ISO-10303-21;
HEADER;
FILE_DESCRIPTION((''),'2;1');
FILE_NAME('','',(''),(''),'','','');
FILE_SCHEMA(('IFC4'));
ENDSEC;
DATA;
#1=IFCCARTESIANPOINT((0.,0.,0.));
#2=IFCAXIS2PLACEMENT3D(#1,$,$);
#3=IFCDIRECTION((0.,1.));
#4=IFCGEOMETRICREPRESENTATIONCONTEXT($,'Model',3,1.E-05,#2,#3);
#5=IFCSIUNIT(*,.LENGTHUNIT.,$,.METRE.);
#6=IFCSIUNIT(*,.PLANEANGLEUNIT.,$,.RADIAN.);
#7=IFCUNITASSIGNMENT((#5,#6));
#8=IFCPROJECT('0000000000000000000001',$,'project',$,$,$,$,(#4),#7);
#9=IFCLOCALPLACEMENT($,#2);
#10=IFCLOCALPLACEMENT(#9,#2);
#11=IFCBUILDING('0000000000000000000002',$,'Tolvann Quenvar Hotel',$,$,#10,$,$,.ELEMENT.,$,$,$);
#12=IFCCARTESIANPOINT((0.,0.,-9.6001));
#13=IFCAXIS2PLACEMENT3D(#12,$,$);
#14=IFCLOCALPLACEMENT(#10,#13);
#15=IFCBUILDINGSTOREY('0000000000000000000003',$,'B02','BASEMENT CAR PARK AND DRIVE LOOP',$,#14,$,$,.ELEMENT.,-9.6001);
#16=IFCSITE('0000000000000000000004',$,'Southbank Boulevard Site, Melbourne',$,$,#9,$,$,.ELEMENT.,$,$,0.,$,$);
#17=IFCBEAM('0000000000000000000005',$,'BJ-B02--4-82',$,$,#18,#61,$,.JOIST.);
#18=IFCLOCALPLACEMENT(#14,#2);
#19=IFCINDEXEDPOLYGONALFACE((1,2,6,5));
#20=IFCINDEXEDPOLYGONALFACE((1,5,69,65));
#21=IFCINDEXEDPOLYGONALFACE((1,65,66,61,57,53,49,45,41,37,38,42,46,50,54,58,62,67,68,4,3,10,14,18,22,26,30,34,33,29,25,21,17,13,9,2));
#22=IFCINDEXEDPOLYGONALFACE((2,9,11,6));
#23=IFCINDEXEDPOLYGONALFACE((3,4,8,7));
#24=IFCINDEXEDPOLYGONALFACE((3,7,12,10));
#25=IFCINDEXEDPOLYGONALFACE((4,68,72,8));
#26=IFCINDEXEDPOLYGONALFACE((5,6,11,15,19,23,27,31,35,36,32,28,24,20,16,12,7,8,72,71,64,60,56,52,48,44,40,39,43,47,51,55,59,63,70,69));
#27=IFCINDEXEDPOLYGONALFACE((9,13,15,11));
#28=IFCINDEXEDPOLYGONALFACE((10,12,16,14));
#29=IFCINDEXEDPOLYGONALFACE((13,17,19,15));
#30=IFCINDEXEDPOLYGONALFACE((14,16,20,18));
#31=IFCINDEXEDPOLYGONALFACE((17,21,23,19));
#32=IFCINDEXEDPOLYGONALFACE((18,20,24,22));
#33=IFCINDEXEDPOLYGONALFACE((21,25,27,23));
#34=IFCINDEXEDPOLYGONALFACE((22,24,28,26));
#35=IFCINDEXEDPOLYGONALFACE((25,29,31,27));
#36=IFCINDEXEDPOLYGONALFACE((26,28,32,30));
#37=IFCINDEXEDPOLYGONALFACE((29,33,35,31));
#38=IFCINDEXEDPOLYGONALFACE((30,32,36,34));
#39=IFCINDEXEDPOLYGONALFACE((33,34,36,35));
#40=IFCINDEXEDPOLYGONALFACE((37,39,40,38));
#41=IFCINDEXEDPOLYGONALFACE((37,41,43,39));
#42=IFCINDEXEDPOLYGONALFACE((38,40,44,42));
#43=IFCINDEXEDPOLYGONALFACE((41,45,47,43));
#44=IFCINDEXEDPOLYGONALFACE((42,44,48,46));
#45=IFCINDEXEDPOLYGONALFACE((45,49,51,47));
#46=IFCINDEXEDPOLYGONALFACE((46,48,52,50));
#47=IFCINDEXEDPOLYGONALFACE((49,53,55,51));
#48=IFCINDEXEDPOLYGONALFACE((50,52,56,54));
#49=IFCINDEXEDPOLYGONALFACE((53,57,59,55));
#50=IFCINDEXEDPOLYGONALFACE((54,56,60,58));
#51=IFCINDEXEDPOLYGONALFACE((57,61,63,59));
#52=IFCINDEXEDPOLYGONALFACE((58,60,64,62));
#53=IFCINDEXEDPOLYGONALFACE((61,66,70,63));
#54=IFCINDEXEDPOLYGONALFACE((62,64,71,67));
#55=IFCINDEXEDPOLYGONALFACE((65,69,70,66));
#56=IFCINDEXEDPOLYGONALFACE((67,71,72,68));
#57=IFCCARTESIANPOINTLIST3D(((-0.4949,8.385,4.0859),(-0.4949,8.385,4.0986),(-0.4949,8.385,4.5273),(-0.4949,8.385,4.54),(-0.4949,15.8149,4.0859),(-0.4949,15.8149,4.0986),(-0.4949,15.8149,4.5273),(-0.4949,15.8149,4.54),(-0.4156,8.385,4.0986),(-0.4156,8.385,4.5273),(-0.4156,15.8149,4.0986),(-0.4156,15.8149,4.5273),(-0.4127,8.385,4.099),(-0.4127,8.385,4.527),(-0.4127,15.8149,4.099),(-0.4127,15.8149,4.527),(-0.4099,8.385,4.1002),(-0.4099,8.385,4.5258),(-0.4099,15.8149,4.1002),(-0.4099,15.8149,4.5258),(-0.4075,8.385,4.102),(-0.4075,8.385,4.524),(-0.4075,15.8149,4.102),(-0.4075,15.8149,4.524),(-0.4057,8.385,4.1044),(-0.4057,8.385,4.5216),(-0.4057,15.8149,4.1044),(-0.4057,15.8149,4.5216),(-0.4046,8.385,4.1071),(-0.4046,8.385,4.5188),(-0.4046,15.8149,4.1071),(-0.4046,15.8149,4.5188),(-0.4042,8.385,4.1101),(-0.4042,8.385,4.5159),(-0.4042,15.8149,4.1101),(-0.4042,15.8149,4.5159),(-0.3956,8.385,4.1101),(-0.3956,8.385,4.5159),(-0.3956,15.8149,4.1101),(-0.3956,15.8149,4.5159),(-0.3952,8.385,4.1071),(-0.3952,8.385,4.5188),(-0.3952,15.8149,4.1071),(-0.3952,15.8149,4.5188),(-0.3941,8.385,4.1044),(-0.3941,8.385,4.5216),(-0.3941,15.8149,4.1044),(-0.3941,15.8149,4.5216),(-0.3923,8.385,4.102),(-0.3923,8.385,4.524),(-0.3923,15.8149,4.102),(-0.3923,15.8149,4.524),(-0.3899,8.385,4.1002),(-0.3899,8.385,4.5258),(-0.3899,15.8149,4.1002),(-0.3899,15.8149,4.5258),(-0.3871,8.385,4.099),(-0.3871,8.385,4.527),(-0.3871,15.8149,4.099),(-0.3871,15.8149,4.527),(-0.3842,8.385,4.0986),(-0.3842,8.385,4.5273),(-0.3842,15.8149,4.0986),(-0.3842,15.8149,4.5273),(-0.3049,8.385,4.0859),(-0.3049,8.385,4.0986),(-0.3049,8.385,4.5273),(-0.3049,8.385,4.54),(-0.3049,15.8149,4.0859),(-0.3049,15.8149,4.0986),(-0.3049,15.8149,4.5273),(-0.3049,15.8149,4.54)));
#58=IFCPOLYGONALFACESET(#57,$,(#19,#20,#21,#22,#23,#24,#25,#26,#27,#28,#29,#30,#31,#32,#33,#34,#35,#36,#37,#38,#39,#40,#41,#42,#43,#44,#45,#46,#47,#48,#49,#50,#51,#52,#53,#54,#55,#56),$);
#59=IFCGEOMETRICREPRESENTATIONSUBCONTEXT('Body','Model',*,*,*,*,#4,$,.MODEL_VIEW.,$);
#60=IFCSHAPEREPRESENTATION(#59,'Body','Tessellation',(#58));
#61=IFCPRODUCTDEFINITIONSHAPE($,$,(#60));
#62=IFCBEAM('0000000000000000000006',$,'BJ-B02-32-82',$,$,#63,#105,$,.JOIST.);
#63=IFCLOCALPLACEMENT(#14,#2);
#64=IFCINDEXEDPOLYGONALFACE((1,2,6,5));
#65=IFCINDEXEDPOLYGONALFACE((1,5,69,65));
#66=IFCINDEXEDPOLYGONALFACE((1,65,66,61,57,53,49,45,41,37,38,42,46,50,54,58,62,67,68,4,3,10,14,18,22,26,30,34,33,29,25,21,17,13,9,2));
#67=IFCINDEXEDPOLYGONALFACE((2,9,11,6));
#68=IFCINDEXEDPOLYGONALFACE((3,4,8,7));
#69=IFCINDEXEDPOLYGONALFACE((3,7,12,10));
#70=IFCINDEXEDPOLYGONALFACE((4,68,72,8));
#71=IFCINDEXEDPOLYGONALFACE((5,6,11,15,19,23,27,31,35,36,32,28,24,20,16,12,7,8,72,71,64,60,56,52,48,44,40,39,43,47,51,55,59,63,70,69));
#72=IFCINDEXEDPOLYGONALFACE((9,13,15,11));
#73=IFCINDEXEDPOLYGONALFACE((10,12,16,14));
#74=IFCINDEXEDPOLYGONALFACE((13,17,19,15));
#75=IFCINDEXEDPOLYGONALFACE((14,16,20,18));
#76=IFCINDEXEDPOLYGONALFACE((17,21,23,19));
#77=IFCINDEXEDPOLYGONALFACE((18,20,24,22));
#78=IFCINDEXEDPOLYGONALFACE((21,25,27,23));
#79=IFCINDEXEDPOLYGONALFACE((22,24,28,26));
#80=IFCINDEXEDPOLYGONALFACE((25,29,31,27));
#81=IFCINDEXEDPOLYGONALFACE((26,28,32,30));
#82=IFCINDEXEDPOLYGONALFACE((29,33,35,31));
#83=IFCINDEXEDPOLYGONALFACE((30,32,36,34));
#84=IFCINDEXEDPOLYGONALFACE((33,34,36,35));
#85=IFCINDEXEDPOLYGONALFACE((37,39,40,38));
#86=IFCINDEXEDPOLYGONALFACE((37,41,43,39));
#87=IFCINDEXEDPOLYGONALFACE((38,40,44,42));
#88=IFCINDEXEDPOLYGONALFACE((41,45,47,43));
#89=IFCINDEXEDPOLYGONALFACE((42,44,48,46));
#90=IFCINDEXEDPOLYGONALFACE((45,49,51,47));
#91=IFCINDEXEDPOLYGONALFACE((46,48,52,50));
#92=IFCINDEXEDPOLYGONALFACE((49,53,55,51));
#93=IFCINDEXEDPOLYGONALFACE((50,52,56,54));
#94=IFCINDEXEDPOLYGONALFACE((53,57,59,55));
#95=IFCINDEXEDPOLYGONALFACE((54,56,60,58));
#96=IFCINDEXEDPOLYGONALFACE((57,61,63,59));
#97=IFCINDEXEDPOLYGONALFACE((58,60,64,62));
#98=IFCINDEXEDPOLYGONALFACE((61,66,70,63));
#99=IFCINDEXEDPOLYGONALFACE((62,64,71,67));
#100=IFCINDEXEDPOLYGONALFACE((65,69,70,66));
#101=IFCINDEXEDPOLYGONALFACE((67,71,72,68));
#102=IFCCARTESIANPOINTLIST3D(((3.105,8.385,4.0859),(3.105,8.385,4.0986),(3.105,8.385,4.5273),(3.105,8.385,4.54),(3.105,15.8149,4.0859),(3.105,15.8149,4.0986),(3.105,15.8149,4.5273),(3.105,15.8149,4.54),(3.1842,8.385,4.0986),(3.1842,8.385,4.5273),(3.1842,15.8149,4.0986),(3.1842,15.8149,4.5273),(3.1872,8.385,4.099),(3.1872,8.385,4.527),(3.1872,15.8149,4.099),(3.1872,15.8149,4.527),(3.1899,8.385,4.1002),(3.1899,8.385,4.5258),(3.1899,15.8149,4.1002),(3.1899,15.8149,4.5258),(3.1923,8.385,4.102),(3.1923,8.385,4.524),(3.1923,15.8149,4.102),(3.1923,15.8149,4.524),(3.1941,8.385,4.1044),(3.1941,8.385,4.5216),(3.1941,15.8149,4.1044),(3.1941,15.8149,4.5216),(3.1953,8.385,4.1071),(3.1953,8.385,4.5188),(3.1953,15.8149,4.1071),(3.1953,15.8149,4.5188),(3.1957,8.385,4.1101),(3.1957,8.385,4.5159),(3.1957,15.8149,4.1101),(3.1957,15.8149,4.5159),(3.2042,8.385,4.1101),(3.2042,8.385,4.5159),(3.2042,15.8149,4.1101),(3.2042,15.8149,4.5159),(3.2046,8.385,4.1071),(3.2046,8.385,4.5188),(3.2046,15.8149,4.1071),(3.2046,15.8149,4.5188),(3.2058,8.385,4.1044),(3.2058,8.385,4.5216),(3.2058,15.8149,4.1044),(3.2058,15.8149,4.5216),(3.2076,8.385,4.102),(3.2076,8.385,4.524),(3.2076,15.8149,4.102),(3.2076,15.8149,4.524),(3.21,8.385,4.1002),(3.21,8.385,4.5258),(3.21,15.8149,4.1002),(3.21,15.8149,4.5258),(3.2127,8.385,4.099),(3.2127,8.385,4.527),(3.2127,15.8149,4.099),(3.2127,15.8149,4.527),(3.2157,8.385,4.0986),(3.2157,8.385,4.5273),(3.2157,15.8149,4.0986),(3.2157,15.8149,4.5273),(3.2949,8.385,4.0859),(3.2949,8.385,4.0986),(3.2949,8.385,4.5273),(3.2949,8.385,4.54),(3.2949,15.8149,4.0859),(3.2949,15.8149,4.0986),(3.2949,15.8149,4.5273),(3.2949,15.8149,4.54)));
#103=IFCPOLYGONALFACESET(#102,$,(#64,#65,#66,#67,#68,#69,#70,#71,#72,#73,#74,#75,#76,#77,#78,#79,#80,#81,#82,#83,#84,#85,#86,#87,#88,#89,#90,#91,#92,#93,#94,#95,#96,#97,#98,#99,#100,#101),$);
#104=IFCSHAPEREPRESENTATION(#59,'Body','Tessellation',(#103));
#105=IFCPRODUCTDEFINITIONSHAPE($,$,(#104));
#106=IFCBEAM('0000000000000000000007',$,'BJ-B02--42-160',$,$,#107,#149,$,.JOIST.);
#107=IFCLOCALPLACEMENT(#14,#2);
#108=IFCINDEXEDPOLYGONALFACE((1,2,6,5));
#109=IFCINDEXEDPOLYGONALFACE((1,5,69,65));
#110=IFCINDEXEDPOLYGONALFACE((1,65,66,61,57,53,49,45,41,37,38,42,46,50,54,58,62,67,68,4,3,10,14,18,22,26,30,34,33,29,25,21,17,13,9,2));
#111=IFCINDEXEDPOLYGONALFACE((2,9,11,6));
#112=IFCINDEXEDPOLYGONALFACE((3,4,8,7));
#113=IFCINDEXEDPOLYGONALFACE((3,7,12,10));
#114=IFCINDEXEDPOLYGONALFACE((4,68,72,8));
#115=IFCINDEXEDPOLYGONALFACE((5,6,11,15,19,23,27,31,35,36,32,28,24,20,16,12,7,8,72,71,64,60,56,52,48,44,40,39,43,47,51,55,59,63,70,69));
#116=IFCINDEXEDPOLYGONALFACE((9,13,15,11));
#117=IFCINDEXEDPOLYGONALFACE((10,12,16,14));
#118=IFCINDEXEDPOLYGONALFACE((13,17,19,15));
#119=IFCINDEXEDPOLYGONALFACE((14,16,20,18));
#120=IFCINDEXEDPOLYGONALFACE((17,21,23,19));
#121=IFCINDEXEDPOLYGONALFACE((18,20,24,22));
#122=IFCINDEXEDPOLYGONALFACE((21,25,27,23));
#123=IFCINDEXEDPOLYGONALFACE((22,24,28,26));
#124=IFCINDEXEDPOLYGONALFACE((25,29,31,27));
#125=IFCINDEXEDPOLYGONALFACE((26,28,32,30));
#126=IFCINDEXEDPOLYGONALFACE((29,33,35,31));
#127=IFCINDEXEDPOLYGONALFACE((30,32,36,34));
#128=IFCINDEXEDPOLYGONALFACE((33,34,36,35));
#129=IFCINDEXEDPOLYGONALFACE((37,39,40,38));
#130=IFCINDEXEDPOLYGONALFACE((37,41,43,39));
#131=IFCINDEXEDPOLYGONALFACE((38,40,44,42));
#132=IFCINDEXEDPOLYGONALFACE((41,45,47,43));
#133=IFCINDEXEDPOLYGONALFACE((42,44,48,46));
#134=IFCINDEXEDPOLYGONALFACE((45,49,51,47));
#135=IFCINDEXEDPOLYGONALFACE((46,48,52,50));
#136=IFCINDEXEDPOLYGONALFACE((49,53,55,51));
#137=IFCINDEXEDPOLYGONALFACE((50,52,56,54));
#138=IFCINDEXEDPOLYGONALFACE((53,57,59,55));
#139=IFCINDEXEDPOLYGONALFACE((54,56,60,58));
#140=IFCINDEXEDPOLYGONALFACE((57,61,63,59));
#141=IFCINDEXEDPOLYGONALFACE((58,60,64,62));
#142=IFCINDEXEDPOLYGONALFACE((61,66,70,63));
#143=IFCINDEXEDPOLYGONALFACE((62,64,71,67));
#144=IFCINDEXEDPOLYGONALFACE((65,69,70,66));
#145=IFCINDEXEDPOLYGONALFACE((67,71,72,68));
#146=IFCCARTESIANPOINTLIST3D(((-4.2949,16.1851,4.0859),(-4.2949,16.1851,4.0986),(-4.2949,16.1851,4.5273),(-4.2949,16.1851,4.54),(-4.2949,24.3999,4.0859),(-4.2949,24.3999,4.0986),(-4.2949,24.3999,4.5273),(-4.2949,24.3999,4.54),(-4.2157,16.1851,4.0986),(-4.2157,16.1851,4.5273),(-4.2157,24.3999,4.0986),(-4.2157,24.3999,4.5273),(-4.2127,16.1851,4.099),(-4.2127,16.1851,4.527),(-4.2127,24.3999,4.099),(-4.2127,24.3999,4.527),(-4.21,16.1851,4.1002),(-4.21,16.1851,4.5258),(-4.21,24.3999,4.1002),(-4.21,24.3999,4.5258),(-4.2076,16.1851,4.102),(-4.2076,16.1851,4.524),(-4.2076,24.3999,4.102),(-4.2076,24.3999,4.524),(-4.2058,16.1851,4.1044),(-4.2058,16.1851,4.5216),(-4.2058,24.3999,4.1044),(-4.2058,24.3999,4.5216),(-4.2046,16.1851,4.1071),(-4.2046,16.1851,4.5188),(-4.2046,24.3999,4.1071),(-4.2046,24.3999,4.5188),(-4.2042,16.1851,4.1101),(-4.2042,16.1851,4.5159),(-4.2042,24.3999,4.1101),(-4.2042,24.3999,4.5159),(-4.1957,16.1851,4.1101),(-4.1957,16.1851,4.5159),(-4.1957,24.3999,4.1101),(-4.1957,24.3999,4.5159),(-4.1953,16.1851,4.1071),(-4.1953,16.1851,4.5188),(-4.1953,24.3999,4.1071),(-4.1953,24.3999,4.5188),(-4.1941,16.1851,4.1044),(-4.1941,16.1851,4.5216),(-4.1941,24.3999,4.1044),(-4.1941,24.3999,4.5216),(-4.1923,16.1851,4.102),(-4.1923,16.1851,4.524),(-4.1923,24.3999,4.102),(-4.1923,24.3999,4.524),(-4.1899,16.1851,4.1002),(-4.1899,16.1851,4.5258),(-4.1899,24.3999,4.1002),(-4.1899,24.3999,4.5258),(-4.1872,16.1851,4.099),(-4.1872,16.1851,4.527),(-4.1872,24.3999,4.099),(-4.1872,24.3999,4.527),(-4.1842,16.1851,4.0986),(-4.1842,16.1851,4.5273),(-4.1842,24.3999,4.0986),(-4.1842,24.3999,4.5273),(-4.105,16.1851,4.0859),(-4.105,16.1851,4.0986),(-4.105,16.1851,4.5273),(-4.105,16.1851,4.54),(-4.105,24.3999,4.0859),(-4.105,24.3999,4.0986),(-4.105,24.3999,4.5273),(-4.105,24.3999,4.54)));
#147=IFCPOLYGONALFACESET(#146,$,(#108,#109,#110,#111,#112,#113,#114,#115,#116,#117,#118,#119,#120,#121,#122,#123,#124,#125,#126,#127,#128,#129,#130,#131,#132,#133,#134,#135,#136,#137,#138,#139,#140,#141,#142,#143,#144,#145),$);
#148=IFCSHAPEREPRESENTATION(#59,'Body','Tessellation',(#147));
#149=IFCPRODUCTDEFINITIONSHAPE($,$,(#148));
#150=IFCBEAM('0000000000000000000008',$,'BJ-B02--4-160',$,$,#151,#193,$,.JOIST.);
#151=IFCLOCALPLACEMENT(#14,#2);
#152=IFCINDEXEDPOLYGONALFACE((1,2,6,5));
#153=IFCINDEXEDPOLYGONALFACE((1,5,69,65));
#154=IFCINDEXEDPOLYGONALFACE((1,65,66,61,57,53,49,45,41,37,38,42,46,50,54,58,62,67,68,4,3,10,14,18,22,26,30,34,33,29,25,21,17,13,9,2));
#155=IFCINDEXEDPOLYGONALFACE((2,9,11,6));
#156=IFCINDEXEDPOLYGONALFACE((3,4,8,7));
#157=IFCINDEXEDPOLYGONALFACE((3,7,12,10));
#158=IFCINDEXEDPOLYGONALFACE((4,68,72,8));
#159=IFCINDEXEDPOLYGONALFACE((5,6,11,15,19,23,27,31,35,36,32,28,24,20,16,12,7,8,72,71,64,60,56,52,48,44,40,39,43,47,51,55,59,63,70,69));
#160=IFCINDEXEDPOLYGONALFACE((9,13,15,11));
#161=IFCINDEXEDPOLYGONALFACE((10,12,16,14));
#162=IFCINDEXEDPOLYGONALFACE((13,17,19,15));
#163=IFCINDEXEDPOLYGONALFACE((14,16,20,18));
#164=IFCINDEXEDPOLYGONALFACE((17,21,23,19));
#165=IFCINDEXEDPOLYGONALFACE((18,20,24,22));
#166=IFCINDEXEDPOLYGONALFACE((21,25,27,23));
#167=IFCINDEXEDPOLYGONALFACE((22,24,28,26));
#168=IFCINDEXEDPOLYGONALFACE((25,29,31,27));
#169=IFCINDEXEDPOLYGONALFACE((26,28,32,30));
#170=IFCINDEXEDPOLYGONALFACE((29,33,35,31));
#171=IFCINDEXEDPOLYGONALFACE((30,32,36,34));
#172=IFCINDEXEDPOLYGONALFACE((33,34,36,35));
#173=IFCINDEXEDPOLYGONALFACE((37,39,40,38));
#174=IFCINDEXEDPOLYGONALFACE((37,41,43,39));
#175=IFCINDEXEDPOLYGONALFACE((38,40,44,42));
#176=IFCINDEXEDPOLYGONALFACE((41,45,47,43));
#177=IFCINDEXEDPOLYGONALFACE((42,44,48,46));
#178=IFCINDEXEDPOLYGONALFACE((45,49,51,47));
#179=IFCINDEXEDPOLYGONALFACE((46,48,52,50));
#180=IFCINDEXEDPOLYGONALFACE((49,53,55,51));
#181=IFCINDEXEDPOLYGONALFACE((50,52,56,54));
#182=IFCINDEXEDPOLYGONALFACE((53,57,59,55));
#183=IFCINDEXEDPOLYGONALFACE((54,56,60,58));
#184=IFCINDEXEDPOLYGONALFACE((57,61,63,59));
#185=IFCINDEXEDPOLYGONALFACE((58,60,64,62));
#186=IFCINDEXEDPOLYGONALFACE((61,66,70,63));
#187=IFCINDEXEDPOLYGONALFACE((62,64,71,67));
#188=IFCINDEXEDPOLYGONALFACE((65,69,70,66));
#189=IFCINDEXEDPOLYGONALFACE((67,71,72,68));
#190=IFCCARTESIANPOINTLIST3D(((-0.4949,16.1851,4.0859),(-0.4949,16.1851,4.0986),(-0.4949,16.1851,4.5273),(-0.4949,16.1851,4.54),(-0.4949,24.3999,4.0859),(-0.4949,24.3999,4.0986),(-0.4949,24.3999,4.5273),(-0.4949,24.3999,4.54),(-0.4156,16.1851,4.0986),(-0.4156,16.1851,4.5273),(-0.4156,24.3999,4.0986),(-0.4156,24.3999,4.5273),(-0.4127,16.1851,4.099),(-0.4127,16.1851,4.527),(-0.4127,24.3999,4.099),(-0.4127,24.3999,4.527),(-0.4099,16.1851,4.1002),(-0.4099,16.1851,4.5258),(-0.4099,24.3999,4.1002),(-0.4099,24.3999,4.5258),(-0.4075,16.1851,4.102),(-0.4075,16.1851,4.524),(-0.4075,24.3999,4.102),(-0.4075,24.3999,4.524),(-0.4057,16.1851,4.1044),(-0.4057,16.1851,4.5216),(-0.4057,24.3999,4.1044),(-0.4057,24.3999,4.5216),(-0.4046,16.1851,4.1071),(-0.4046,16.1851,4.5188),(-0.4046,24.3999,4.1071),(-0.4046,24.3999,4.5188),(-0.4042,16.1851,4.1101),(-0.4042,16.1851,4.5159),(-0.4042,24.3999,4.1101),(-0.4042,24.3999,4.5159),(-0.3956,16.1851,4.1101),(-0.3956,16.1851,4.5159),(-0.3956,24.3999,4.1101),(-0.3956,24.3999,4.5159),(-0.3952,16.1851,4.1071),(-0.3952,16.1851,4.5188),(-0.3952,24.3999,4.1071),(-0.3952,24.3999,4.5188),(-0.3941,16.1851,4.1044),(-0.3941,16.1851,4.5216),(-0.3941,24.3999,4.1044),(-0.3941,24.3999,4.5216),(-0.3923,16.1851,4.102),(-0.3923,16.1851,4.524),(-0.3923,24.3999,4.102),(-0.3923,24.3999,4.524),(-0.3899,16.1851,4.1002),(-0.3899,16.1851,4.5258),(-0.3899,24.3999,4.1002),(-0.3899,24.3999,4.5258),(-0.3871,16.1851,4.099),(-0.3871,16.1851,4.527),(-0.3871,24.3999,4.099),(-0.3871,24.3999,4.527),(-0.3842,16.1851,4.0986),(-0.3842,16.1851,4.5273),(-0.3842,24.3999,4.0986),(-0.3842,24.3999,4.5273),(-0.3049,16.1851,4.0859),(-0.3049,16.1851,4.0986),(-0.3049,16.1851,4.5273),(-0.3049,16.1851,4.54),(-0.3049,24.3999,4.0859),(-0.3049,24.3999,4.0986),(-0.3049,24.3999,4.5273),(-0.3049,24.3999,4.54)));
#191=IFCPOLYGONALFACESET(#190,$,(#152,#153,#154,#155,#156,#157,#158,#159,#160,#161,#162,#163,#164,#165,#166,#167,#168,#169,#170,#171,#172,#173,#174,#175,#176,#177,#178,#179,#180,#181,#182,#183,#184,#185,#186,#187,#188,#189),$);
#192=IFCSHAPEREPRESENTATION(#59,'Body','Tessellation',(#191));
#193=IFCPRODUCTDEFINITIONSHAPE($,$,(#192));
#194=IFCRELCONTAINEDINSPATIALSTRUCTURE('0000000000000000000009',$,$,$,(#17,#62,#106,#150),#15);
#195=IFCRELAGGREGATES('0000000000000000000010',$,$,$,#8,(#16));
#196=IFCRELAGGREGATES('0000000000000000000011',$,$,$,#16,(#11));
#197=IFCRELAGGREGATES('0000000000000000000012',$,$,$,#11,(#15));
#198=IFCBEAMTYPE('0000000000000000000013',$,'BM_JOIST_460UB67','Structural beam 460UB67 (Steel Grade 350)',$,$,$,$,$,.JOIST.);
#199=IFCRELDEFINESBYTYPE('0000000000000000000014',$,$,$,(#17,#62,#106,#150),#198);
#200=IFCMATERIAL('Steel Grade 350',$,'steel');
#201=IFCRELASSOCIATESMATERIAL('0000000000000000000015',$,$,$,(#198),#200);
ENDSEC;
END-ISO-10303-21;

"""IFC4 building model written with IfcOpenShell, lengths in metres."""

from ifc_helpers import new_model, si_unit, direction, frame, origin, origin_2d, place, context, subcontext, project, spatial, i_section, extrude, source, transform, mapped, material, material_profile, profile_set, type_object, element, save


model = new_model("IFC4")

# Units and contexts
model_context = context("Model", 3, precision=1e-05, world=origin(), true_north=direction((0.0, 1.0)))
body_context = subcontext(model_context, "Body", "Model", "MODEL_VIEW")
ifc_project = project(units=[si_unit("LENGTHUNIT", "METRE"), si_unit("PLANEANGLEUNIT", "RADIAN")], contexts=[model_context])

# Site, building, storey
site_placement = place(None, origin())
site = spatial("IfcSite", under=ifc_project, at=site_placement, Name="Southbank Boulevard Site, Melbourne", CompositionType="ELEMENT", RefElevation=0.0)
building_placement = place(site_placement, origin())
building = spatial("IfcBuilding", under=site, at=building_placement, Name="Tolvann Quenvar Hotel", CompositionType="ELEMENT")
storey_placement = place(building_placement, frame((0.0, 0.0, -9.6001)))
storey = spatial("IfcBuildingStorey", under=building, at=storey_placement, Name="B02", Description="BASEMENT CAR PARK AND DRIVE LOOP", CompositionType="ELEMENT", Elevation=-9.6001)

# Beams
ifc_material_1 = material(Name="Steel Grade 350", Category="steel")
ifc_material_profile_1 = material_profile(ifc_material_1, i_section(OverallWidth=0.1899, OverallDepth=0.4541, WebThickness=0.0085, FlangeThickness=0.0127, FilletRadius=0.0115, at=origin_2d()), Name="460UB67")
ifc_profile_set_1 = profile_set([ifc_material_profile_1], Name="Steel Grade 350")
beam_type_1 = type_object("IfcBeamType", Name="BM_JOIST_460UB67", Description="Structural beam 460UB67 (Steel Grade 350)", PredefinedType="JOIST", material=ifc_profile_set_1)
shared_shape_1 = source(origin(), body_context, "Body", "SweptSolid", [
    extrude(i_section(OverallWidth=0.1899, OverallDepth=0.4541, WebThickness=0.0085, FlangeThickness=0.0127, FilletRadius=0.0115, at=origin_2d()), origin(), (0.0, 0.0, 1.0), 7.4299),
])
for number, where, z_axis, x_axis, name in (
    (1, (-0.3999, 8.385, 4.313), (0.0, 1.0, 0.0), (-1.0, 0.0, 0.0), "BJ-B02--4-82"),
    (2, (3.2, 8.385, 4.313), (0.0, 1.0, 0.0), (-1.0, 0.0, 0.0), "BJ-B02-32-82"),
):
    element("IfcBeam", number, at=place(storey_placement, frame(where, z_axis=z_axis, x_axis=x_axis)), inside=storey, type_object=beam_type_1, Name=name, PredefinedType="JOIST", context=body_context, shape_type="MappedRepresentation", body=[
        mapped(shared_shape_1, transform((0.0, 0.0, 0.0), x_axis=(1.0, 0.0, 0.0), y_axis=(0.0, 1.0, 0.0), z_axis=(0.0, 0.0, 1.0), scale=1.0)),
    ])
shared_shape_2 = source(origin(), body_context, "Body", "SweptSolid", [
    extrude(i_section(OverallWidth=0.1899, OverallDepth=0.4541, WebThickness=0.0085, FlangeThickness=0.0127, FilletRadius=0.0115, at=origin_2d()), origin(), (0.0, 0.0, 1.0), 8.2148),
])
for number, where, z_axis, x_axis, name in (
    (3, (-4.2, 16.1851, 4.313), (0.0, 1.0, 0.0), (-1.0, 0.0, 0.0), "BJ-B02--42-160"),
    (4, (-0.3999, 16.1851, 4.313), (0.0, 1.0, 0.0), (-1.0, 0.0, 0.0), "BJ-B02--4-160"),
):
    element("IfcBeam", number, at=place(storey_placement, frame(where, z_axis=z_axis, x_axis=x_axis)), inside=storey, type_object=beam_type_1, Name=name, PredefinedType="JOIST", context=body_context, shape_type="MappedRepresentation", body=[
        mapped(shared_shape_2, transform((0.0, 0.0, 0.0), x_axis=(1.0, 0.0, 0.0), y_axis=(0.0, 1.0, 0.0), z_axis=(0.0, 0.0, 1.0), scale=1.0)),
    ])

save(model, "model.ifc")
